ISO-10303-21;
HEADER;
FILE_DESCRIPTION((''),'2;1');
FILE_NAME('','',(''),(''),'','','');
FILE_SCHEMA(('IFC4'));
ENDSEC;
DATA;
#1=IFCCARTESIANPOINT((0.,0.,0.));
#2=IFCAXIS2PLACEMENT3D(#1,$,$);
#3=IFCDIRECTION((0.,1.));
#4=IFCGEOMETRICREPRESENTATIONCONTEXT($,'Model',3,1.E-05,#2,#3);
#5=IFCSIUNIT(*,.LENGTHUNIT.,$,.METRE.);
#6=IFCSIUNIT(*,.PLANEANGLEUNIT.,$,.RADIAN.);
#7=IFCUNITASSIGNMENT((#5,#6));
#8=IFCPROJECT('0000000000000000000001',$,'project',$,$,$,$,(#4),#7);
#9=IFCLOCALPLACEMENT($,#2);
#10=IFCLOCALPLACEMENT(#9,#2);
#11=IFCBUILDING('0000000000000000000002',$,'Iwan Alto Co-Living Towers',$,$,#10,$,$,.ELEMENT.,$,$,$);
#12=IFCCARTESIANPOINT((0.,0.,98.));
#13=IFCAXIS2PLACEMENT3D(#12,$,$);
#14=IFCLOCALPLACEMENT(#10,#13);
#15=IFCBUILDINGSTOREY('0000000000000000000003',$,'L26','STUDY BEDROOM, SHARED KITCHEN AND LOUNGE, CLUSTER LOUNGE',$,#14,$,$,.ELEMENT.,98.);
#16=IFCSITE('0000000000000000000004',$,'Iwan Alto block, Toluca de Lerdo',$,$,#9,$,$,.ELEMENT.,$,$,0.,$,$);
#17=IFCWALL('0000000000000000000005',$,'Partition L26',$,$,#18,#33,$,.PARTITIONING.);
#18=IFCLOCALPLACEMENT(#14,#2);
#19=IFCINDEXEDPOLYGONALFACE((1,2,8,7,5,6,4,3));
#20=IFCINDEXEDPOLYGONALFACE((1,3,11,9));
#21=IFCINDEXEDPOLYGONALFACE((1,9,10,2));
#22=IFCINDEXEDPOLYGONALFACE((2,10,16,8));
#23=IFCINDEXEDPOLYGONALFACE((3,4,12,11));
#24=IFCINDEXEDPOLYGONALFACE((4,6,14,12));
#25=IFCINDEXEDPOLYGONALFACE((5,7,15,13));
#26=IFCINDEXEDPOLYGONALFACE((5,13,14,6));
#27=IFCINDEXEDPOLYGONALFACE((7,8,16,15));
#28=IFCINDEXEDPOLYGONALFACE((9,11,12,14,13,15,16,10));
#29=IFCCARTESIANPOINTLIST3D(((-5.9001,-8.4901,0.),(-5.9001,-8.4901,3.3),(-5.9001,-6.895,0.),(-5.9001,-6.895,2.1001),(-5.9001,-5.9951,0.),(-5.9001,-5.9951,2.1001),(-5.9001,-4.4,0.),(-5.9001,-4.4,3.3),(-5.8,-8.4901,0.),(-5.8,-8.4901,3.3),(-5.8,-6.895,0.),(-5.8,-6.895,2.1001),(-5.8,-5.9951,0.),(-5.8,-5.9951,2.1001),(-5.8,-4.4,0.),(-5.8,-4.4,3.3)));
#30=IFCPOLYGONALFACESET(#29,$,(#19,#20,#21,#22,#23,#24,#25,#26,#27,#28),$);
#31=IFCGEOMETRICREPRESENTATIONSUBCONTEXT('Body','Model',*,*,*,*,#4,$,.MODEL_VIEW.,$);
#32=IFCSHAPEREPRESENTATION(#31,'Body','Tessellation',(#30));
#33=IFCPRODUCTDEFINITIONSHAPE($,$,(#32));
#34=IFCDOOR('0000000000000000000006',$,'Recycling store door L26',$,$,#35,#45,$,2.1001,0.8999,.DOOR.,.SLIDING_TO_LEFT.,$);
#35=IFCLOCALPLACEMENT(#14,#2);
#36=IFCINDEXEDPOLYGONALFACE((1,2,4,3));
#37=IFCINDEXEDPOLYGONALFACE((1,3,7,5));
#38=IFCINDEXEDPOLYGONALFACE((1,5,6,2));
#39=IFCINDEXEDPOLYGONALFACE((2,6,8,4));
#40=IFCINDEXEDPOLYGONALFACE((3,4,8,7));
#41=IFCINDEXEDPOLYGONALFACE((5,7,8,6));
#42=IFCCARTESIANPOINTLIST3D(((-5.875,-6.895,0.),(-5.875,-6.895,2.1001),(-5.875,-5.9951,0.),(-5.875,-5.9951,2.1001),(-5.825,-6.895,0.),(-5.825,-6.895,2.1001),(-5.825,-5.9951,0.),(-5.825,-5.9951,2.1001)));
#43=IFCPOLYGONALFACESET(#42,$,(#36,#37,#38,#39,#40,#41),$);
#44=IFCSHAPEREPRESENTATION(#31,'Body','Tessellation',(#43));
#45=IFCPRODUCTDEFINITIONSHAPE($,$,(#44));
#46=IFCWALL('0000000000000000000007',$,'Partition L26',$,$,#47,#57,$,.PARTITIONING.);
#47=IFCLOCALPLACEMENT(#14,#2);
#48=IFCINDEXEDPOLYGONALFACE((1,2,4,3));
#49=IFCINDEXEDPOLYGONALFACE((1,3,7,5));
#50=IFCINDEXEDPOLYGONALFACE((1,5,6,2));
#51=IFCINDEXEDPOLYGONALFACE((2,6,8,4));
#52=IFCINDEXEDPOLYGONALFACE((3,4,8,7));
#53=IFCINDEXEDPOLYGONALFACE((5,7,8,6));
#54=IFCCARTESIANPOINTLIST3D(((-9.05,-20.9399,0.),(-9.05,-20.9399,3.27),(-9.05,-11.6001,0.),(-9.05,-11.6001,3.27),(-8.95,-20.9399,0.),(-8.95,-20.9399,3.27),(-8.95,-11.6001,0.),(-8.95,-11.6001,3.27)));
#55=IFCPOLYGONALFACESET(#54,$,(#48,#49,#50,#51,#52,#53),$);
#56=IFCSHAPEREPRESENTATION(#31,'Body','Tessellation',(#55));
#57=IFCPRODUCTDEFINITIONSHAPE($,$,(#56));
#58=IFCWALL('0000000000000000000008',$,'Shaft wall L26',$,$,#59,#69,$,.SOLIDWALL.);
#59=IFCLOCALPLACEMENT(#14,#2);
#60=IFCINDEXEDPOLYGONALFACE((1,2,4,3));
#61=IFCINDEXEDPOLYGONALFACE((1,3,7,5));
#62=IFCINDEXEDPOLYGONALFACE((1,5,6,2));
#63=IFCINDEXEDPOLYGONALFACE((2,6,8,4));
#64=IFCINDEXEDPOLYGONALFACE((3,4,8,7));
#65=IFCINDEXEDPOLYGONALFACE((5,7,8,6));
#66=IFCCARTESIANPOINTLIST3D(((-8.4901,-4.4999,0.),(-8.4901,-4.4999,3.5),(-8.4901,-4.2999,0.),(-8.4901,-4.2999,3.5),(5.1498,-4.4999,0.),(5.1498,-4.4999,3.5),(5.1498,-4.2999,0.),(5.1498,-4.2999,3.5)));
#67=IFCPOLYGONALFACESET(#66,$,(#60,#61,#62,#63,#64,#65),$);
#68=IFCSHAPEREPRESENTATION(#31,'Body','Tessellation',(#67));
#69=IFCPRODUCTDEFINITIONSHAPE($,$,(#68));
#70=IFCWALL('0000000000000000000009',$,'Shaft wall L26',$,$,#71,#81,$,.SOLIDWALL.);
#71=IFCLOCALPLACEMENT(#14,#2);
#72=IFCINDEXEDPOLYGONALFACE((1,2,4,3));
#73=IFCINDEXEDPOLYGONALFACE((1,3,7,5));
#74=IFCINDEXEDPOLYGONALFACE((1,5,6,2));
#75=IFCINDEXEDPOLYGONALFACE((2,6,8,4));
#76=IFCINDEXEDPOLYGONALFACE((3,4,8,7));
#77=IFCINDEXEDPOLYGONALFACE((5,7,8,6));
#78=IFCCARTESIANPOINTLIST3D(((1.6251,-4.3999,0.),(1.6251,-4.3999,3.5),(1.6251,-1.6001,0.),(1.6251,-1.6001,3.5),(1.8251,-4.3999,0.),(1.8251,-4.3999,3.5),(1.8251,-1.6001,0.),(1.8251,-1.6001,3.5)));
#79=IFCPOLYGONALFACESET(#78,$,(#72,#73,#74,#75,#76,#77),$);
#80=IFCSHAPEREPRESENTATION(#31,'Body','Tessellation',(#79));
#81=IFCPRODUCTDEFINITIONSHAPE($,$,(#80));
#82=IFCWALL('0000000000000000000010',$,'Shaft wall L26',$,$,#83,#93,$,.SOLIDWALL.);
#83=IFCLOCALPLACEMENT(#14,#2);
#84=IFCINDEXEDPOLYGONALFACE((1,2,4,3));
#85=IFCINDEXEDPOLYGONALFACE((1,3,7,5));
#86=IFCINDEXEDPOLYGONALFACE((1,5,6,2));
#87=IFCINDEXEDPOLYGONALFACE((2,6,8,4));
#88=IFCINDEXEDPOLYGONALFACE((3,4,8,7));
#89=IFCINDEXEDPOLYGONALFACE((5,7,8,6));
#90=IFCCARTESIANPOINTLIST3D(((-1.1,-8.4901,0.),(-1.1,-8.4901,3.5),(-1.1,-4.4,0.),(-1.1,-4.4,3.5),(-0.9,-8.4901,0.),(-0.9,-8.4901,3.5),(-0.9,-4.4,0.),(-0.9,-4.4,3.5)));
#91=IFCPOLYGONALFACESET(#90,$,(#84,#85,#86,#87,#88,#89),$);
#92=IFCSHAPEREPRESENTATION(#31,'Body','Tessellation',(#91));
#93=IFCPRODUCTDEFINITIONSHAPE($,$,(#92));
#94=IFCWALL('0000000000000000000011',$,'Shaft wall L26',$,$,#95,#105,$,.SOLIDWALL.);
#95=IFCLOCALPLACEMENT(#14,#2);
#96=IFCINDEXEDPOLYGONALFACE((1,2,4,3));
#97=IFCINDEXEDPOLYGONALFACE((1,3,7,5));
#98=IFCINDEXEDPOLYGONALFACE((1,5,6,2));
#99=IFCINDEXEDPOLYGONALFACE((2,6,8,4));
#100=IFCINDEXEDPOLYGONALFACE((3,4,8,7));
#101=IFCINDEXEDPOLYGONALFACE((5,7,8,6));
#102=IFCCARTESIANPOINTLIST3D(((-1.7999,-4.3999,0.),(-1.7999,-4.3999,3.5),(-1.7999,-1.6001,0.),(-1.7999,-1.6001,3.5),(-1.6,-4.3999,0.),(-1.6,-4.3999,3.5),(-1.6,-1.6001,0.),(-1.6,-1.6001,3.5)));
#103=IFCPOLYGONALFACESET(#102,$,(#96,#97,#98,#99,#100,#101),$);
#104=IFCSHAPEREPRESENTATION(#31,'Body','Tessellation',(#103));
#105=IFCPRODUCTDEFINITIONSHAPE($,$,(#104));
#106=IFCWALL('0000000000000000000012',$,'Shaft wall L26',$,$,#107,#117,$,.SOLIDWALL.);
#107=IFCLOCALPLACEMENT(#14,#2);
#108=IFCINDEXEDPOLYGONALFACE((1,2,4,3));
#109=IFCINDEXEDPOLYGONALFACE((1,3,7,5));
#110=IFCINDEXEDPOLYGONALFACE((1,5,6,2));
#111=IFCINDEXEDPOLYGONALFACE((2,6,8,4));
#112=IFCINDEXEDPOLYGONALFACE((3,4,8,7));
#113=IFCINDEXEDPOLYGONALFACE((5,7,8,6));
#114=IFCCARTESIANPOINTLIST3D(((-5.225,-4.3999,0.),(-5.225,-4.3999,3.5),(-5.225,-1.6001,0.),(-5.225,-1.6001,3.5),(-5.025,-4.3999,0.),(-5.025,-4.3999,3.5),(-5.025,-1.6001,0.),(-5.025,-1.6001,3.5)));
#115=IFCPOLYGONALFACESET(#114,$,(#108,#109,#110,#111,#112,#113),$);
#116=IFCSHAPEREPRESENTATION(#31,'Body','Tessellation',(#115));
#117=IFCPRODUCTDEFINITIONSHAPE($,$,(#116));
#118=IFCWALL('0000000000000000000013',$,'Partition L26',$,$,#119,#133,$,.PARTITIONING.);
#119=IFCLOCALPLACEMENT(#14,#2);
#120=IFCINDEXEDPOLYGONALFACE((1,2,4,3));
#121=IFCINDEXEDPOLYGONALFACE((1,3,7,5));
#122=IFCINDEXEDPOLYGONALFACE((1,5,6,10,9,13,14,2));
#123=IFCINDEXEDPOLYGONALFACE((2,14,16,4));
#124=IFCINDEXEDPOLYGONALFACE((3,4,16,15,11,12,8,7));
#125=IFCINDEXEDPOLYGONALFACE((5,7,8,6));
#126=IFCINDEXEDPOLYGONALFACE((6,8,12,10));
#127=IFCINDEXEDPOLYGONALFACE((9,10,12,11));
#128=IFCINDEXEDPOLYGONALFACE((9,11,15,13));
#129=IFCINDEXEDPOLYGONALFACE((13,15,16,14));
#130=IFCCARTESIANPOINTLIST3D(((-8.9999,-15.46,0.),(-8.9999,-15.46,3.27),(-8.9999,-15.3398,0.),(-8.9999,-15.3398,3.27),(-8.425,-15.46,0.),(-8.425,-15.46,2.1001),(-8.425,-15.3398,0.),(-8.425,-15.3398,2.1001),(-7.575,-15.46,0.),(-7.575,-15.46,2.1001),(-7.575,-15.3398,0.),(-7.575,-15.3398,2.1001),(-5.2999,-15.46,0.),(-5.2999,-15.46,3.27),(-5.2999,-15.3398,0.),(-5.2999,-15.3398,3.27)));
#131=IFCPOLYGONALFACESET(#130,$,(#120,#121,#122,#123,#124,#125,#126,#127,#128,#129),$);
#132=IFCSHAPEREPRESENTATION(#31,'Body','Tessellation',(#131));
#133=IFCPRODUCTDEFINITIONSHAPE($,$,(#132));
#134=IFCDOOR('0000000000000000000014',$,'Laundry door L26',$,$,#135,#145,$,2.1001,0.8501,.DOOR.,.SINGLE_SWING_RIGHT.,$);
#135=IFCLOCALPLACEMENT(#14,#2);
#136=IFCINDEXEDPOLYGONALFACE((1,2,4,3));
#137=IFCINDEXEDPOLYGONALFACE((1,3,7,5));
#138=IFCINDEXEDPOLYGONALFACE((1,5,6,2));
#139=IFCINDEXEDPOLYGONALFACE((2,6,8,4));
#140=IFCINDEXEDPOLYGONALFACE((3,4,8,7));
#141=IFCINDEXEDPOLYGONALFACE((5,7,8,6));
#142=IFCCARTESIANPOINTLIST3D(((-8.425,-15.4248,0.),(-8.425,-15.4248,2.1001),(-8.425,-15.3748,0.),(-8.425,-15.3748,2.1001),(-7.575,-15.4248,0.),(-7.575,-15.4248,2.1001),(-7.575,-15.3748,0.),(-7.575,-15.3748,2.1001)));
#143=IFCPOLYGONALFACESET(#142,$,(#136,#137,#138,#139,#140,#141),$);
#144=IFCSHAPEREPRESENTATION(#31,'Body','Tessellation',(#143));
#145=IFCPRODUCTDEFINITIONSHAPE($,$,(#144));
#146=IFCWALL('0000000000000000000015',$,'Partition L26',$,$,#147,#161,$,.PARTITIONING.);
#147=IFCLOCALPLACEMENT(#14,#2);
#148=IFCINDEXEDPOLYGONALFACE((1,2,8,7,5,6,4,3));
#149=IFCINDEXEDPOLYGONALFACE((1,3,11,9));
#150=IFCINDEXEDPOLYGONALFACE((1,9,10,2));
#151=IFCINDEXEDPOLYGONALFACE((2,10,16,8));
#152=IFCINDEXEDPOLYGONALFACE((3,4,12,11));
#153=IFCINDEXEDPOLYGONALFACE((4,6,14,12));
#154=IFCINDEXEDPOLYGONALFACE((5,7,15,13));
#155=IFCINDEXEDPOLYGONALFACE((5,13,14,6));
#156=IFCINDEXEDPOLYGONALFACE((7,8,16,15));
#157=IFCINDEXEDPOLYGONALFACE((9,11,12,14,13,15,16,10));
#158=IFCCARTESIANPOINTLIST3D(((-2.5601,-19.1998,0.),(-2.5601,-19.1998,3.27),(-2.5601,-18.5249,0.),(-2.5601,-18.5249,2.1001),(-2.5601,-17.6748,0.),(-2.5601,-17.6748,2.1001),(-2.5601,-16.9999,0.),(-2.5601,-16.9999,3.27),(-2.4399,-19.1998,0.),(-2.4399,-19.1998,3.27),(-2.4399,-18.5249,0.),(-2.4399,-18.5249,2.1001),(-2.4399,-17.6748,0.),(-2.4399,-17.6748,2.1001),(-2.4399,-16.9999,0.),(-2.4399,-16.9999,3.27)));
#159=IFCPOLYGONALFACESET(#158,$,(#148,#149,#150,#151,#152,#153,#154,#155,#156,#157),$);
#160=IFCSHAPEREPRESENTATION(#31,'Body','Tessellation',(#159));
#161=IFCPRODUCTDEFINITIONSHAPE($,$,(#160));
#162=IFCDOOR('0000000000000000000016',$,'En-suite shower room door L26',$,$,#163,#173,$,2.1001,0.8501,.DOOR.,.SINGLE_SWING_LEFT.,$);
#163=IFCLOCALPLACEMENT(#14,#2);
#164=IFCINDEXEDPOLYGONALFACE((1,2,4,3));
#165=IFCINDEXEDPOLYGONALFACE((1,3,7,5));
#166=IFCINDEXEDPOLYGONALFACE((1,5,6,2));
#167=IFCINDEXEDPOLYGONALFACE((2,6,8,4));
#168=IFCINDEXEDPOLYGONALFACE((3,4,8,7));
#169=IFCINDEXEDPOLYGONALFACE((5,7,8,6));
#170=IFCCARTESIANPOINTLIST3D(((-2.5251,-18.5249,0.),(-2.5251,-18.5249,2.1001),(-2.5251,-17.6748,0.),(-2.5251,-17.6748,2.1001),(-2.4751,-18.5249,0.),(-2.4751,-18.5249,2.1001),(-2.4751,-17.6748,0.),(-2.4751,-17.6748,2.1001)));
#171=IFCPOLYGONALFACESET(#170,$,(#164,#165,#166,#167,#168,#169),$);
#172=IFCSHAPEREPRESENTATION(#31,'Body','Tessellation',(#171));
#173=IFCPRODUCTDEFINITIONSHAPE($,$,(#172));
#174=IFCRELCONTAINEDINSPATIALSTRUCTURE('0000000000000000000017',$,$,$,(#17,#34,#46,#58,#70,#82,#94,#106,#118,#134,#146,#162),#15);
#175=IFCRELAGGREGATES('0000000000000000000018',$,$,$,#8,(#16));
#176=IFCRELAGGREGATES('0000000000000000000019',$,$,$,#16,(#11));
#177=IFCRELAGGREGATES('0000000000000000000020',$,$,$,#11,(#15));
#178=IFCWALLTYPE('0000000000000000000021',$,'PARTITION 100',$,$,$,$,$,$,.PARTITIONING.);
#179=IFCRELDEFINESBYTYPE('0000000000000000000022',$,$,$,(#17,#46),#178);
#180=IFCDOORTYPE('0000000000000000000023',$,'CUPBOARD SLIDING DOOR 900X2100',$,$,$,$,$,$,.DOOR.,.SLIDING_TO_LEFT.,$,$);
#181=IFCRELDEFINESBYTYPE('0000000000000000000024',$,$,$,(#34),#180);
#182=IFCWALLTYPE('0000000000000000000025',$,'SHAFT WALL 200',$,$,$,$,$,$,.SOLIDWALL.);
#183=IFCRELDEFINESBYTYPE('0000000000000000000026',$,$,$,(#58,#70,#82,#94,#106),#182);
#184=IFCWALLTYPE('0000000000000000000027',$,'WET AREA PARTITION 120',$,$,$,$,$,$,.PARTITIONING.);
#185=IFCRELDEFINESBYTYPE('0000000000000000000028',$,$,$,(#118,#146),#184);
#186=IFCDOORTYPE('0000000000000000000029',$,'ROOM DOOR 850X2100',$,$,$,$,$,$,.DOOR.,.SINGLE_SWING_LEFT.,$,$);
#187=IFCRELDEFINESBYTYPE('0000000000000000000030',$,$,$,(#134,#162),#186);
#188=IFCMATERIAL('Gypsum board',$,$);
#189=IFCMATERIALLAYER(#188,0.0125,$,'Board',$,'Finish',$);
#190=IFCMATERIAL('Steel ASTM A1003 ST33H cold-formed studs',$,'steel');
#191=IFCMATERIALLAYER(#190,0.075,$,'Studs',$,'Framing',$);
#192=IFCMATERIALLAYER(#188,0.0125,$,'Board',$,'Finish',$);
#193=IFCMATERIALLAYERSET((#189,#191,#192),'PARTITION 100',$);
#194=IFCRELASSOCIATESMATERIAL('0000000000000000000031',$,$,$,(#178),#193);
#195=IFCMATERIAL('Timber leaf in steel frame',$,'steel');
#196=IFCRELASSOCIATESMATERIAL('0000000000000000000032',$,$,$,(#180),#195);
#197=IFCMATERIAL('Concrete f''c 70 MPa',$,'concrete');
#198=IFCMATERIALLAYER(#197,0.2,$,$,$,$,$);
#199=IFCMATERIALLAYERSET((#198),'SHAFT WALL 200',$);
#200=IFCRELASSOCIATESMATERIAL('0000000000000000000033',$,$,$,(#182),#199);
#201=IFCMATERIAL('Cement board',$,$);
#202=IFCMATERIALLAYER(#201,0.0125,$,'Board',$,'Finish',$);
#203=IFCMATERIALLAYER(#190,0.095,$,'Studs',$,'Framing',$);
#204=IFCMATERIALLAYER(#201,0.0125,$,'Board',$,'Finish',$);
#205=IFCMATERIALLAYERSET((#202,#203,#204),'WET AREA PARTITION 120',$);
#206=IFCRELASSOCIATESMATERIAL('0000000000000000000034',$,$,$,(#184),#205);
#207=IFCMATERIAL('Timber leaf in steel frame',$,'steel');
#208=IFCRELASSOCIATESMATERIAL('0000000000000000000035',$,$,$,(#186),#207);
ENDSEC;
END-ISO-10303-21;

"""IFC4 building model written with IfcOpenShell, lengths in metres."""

from ifc_helpers import new_model, si_unit, direction, frame, frame_2d, origin, place, context, subcontext, project, spatial, rectangle, extrude, material, layer, layer_set, type_object, element, fill, save


model = new_model("IFC4")

# Units and contexts
model_context = context("Model", 3, precision=1e-05, world=origin(), true_north=direction((0.0, 1.0)))
body_context = subcontext(model_context, "Body", "Model", "MODEL_VIEW")
ifc_project = project(units=[si_unit("LENGTHUNIT", "METRE"), si_unit("PLANEANGLEUNIT", "RADIAN")], contexts=[model_context])

# Site, building, storey
site_placement = place(None, origin())
site = spatial("IfcSite", under=ifc_project, at=site_placement, Name="Iwan Alto block, Toluca de Lerdo", CompositionType="ELEMENT", RefElevation=0.0)
building_placement = place(site_placement, origin())
building = spatial("IfcBuilding", under=site, at=building_placement, Name="Iwan Alto Co-Living Towers", CompositionType="ELEMENT")
storey_placement = place(building_placement, frame((0.0, 0.0, 98.0)))
storey = spatial("IfcBuildingStorey", under=building, at=storey_placement, Name="L26", Description="STUDY BEDROOM, SHARED KITCHEN AND LOUNGE, CLUSTER LOUNGE", CompositionType="ELEMENT", Elevation=98.0)

# Shared definitions
ifc_material_1 = material(Name="Gypsum board")
ifc_layer_1 = layer(ifc_material_1, 0.0125, Name="Board", Category="Finish")
ifc_material_2 = material(Name="Steel ASTM A1003 ST33H cold-formed studs", Category="steel")
ifc_layer_2 = layer(ifc_material_2, 0.075, Name="Studs", Category="Framing")
ifc_layer_3 = layer(ifc_material_1, 0.0125, Name="Board", Category="Finish")
ifc_layer_set_1 = layer_set([ifc_layer_1, ifc_layer_2, ifc_layer_3], Name="PARTITION 100")
wall_type_1 = type_object("IfcWallType", Name="PARTITION 100", PredefinedType="PARTITIONING", material=ifc_layer_set_1)

# Wall, opening, door
wall_1_placement = place(storey_placement, frame((-5.8501, -8.49, 0.0), z_axis=(0.0, 0.0, 1.0), x_axis=(0.0, 1.0, 0.0)))
wall_1 = element("IfcWall", 1, at=wall_1_placement, inside=storey, type_object=wall_type_1, Name="Partition L26", PredefinedType="PARTITIONING", context=body_context, shape_type="SweptSolid", body=[
    extrude(rectangle(XDim=4.0901, YDim=0.1001, at=frame_2d((2.0449, 0.0))), origin(), (0.0, 0.0, 1.0), 3.3),
])
opening_1_placement = place(wall_1_placement, frame((1.595, 0.0, 0.0)))
opening_1 = element("IfcOpeningElement", 2, at=opening_1_placement, cuts=wall_1, PredefinedType="OPENING", context=body_context, shape_type="SweptSolid", body=[
    extrude(rectangle(XDim=0.8999, YDim=2.1001, at=frame_2d((0.45, 1.05))), frame((0.0, 0.0601, 0.0), z_axis=(0.0, -1.0, 0.0), x_axis=(1.0, 0.0, 0.0)), (0.0, 0.0, 1.0), 0.1201),
])
ifc_material_3 = material(Name="Timber leaf in steel frame", Category="steel")
door_type_1 = type_object("IfcDoorType", Name="CUPBOARD SLIDING DOOR 900X2100", OperationType="SLIDING_TO_LEFT", PredefinedType="DOOR", material=ifc_material_3)
door_1_placement = place(opening_1_placement, origin())
door_1 = element("IfcDoor", 3, at=door_1_placement, inside=storey, type_object=door_type_1, Name="Recycling store door L26", OperationType="SLIDING_TO_LEFT", OverallHeight=2.1001, OverallWidth=0.8999, PredefinedType="DOOR", context=body_context, shape_type="SweptSolid", body=[
    extrude(rectangle(XDim=0.8999, YDim=2.1001, at=frame_2d((0.45, 1.05))), frame((0.0, 0.0249, 0.0), z_axis=(0.0, -1.0, 0.0), x_axis=(1.0, 0.0, 0.0)), (0.0, 0.0, 1.0), 0.05),
])
fill(opening_1, door_1)

# Walls
wall_2_placement = place(storey_placement, frame((-9.0, -20.9399, 0.0), z_axis=(0.0, 0.0, 1.0), x_axis=(0.0, 1.0, 0.0)))
element("IfcWall", 4, at=wall_2_placement, inside=storey, type_object=wall_type_1, Name="Partition L26", PredefinedType="PARTITIONING", context=body_context, shape_type="SweptSolid", body=[
    extrude(rectangle(XDim=9.3398, YDim=0.1001, at=frame_2d((4.6699, 0.0))), origin(), (0.0, 0.0, 1.0), 3.27),
])
ifc_material_4 = material(Name="Concrete f'c 70 MPa", Category="concrete")
ifc_layer_4 = layer(ifc_material_4, 0.2)
ifc_layer_set_2 = layer_set([ifc_layer_4], Name="SHAFT WALL 200")
wall_type_2 = type_object("IfcWallType", Name="SHAFT WALL 200", PredefinedType="SOLIDWALL", material=ifc_layer_set_2)
wall_3_placement = place(storey_placement, frame((-8.49, -4.3999, 0.0), z_axis=(0.0, 0.0, 1.0), x_axis=(1.0, 0.0, 0.0)))
element("IfcWall", 5, at=wall_3_placement, inside=storey, type_object=wall_type_2, Name="Shaft wall L26", PredefinedType="SOLIDWALL", context=body_context, shape_type="SweptSolid", body=[
    extrude(rectangle(XDim=13.6399, YDim=0.2, at=frame_2d((6.8198, 0.0))), origin(), (0.0, 0.0, 1.0), 3.5),
])
wall_4_placement = place(storey_placement, frame((1.7251, -4.3999, 0.0), z_axis=(0.0, 0.0, 1.0), x_axis=(0.0, 1.0, 0.0)))
element("IfcWall", 6, at=wall_4_placement, inside=storey, type_object=wall_type_2, Name="Shaft wall L26", PredefinedType="SOLIDWALL", context=body_context, shape_type="SweptSolid", body=[
    extrude(rectangle(XDim=2.7998, YDim=0.2, at=frame_2d((1.3999, 0.0))), origin(), (0.0, 0.0, 1.0), 3.5),
])
wall_5_placement = place(storey_placement, frame((-1.0, -8.49, 0.0), z_axis=(0.0, 0.0, 1.0), x_axis=(0.0, 1.0, 0.0)))
element("IfcWall", 7, at=wall_5_placement, inside=storey, type_object=wall_type_2, Name="Shaft wall L26", PredefinedType="SOLIDWALL", context=body_context, shape_type="SweptSolid", body=[
    extrude(rectangle(XDim=4.0901, YDim=0.2, at=frame_2d((2.0449, 0.0))), origin(), (0.0, 0.0, 1.0), 3.5),
])
for number, where, z_axis, x_axis, name in (
    (8, (-1.7, -4.3999, 0.0), (0.0, 0.0, 1.0), (0.0, 1.0, 0.0), "Shaft wall L26"),
    (9, (-5.125, -4.3999, 0.0), (0.0, 0.0, 1.0), (0.0, 1.0, 0.0), "Shaft wall L26"),
):
    element("IfcWall", number, at=place(storey_placement, frame(where, z_axis=z_axis, x_axis=x_axis)), inside=storey, type_object=wall_type_2, Name=name, PredefinedType="SOLIDWALL", context=body_context, shape_type="SweptSolid", body=[
        extrude(rectangle(XDim=2.7998, YDim=0.2, at=frame_2d((1.3999, 0.0))), origin(), (0.0, 0.0, 1.0), 3.5),
    ])

# Walls, openings, doors
ifc_material_5 = material(Name="Cement board")
ifc_layer_5 = layer(ifc_material_5, 0.0125, Name="Board", Category="Finish")
ifc_layer_6 = layer(ifc_material_2, 0.095, Name="Studs", Category="Framing")
ifc_layer_7 = layer(ifc_material_5, 0.0125, Name="Board", Category="Finish")
ifc_layer_set_3 = layer_set([ifc_layer_5, ifc_layer_6, ifc_layer_7], Name="WET AREA PARTITION 120")
wall_type_3 = type_object("IfcWallType", Name="WET AREA PARTITION 120", PredefinedType="PARTITIONING", material=ifc_layer_set_3)
wall_6_placement = place(storey_placement, frame((-9.0, -15.3999, 0.0), z_axis=(0.0, 0.0, 1.0), x_axis=(1.0, 0.0, 0.0)))
wall_6 = element("IfcWall", 10, at=wall_6_placement, inside=storey, type_object=wall_type_3, Name="Partition L26", PredefinedType="PARTITIONING", context=body_context, shape_type="SweptSolid", body=[
    extrude(rectangle(XDim=3.7, YDim=0.1201, at=frame_2d((1.8501, 0.0))), origin(), (0.0, 0.0, 1.0), 3.27),
])
opening_2_placement = place(wall_6_placement, frame((0.575, 0.0, 0.0)))
opening_2 = element("IfcOpeningElement", 11, at=opening_2_placement, cuts=wall_6, PredefinedType="OPENING", context=body_context, shape_type="SweptSolid", body=[
    extrude(rectangle(XDim=0.8501, YDim=2.1001, at=frame_2d((0.425, 1.05))), frame((0.0, 0.0701, 0.0), z_axis=(0.0, -1.0, 0.0), x_axis=(1.0, 0.0, 0.0)), (0.0, 0.0, 1.0), 0.1401),
])
ifc_material_6 = material(Name="Timber leaf in steel frame", Category="steel")
door_type_2 = type_object("IfcDoorType", Name="ROOM DOOR 850X2100", OperationType="SINGLE_SWING_LEFT", PredefinedType="DOOR", material=ifc_material_6)
door_2_placement = place(opening_2_placement, frame((0.8501, 0.0, 0.0), z_axis=(0.0, 0.0, 1.0), x_axis=(-1.0, 0.0, 0.0)))
door_2 = element("IfcDoor", 12, at=door_2_placement, inside=storey, type_object=door_type_2, Name="Laundry door L26", OperationType="SINGLE_SWING_RIGHT", OverallHeight=2.1001, OverallWidth=0.8501, PredefinedType="DOOR", context=body_context, shape_type="SweptSolid", body=[
    extrude(rectangle(XDim=0.8501, YDim=2.1001, at=frame_2d((0.425, 1.05))), frame((0.0, 0.0249, 0.0), z_axis=(0.0, -1.0, 0.0), x_axis=(1.0, 0.0, 0.0)), (0.0, 0.0, 1.0), 0.05),
])
fill(opening_2, door_2)
wall_7_placement = place(storey_placement, frame((-2.5, -19.2, 0.0), z_axis=(0.0, 0.0, 1.0), x_axis=(0.0, 1.0, 0.0)))
wall_7 = element("IfcWall", 13, at=wall_7_placement, inside=storey, type_object=wall_type_3, Name="Partition L26", PredefinedType="PARTITIONING", context=body_context, shape_type="SweptSolid", body=[
    extrude(rectangle(XDim=2.2, YDim=0.1201, at=frame_2d((1.1001, 0.0))), origin(), (0.0, 0.0, 1.0), 3.27),
])
opening_3_placement = place(wall_7_placement, frame((0.675, 0.0, 0.0)))
opening_3 = element("IfcOpeningElement", 14, at=opening_3_placement, cuts=wall_7, PredefinedType="OPENING", context=body_context, shape_type="SweptSolid", body=[
    extrude(rectangle(XDim=0.8501, YDim=2.1001, at=frame_2d((0.425, 1.05))), frame((0.0, 0.0701, 0.0), z_axis=(0.0, -1.0, 0.0), x_axis=(1.0, 0.0, 0.0)), (0.0, 0.0, 1.0), 0.1401),
])
door_3_placement = place(opening_3_placement, frame((0.8501, 0.0, 0.0), z_axis=(0.0, 0.0, 1.0), x_axis=(-1.0, 0.0, 0.0)))
door_3 = element("IfcDoor", 15, at=door_3_placement, inside=storey, type_object=door_type_2, Name="En-suite shower room door L26", OperationType="SINGLE_SWING_LEFT", OverallHeight=2.1001, OverallWidth=0.8501, PredefinedType="DOOR", context=body_context, shape_type="SweptSolid", body=[
    extrude(rectangle(XDim=0.8501, YDim=2.1001, at=frame_2d((0.425, 1.05))), frame((0.0, 0.0249, 0.0), z_axis=(0.0, -1.0, 0.0), x_axis=(1.0, 0.0, 0.0)), (0.0, 0.0, 1.0), 0.05),
])
fill(opening_3, door_3)

save(model, "model.ifc")
